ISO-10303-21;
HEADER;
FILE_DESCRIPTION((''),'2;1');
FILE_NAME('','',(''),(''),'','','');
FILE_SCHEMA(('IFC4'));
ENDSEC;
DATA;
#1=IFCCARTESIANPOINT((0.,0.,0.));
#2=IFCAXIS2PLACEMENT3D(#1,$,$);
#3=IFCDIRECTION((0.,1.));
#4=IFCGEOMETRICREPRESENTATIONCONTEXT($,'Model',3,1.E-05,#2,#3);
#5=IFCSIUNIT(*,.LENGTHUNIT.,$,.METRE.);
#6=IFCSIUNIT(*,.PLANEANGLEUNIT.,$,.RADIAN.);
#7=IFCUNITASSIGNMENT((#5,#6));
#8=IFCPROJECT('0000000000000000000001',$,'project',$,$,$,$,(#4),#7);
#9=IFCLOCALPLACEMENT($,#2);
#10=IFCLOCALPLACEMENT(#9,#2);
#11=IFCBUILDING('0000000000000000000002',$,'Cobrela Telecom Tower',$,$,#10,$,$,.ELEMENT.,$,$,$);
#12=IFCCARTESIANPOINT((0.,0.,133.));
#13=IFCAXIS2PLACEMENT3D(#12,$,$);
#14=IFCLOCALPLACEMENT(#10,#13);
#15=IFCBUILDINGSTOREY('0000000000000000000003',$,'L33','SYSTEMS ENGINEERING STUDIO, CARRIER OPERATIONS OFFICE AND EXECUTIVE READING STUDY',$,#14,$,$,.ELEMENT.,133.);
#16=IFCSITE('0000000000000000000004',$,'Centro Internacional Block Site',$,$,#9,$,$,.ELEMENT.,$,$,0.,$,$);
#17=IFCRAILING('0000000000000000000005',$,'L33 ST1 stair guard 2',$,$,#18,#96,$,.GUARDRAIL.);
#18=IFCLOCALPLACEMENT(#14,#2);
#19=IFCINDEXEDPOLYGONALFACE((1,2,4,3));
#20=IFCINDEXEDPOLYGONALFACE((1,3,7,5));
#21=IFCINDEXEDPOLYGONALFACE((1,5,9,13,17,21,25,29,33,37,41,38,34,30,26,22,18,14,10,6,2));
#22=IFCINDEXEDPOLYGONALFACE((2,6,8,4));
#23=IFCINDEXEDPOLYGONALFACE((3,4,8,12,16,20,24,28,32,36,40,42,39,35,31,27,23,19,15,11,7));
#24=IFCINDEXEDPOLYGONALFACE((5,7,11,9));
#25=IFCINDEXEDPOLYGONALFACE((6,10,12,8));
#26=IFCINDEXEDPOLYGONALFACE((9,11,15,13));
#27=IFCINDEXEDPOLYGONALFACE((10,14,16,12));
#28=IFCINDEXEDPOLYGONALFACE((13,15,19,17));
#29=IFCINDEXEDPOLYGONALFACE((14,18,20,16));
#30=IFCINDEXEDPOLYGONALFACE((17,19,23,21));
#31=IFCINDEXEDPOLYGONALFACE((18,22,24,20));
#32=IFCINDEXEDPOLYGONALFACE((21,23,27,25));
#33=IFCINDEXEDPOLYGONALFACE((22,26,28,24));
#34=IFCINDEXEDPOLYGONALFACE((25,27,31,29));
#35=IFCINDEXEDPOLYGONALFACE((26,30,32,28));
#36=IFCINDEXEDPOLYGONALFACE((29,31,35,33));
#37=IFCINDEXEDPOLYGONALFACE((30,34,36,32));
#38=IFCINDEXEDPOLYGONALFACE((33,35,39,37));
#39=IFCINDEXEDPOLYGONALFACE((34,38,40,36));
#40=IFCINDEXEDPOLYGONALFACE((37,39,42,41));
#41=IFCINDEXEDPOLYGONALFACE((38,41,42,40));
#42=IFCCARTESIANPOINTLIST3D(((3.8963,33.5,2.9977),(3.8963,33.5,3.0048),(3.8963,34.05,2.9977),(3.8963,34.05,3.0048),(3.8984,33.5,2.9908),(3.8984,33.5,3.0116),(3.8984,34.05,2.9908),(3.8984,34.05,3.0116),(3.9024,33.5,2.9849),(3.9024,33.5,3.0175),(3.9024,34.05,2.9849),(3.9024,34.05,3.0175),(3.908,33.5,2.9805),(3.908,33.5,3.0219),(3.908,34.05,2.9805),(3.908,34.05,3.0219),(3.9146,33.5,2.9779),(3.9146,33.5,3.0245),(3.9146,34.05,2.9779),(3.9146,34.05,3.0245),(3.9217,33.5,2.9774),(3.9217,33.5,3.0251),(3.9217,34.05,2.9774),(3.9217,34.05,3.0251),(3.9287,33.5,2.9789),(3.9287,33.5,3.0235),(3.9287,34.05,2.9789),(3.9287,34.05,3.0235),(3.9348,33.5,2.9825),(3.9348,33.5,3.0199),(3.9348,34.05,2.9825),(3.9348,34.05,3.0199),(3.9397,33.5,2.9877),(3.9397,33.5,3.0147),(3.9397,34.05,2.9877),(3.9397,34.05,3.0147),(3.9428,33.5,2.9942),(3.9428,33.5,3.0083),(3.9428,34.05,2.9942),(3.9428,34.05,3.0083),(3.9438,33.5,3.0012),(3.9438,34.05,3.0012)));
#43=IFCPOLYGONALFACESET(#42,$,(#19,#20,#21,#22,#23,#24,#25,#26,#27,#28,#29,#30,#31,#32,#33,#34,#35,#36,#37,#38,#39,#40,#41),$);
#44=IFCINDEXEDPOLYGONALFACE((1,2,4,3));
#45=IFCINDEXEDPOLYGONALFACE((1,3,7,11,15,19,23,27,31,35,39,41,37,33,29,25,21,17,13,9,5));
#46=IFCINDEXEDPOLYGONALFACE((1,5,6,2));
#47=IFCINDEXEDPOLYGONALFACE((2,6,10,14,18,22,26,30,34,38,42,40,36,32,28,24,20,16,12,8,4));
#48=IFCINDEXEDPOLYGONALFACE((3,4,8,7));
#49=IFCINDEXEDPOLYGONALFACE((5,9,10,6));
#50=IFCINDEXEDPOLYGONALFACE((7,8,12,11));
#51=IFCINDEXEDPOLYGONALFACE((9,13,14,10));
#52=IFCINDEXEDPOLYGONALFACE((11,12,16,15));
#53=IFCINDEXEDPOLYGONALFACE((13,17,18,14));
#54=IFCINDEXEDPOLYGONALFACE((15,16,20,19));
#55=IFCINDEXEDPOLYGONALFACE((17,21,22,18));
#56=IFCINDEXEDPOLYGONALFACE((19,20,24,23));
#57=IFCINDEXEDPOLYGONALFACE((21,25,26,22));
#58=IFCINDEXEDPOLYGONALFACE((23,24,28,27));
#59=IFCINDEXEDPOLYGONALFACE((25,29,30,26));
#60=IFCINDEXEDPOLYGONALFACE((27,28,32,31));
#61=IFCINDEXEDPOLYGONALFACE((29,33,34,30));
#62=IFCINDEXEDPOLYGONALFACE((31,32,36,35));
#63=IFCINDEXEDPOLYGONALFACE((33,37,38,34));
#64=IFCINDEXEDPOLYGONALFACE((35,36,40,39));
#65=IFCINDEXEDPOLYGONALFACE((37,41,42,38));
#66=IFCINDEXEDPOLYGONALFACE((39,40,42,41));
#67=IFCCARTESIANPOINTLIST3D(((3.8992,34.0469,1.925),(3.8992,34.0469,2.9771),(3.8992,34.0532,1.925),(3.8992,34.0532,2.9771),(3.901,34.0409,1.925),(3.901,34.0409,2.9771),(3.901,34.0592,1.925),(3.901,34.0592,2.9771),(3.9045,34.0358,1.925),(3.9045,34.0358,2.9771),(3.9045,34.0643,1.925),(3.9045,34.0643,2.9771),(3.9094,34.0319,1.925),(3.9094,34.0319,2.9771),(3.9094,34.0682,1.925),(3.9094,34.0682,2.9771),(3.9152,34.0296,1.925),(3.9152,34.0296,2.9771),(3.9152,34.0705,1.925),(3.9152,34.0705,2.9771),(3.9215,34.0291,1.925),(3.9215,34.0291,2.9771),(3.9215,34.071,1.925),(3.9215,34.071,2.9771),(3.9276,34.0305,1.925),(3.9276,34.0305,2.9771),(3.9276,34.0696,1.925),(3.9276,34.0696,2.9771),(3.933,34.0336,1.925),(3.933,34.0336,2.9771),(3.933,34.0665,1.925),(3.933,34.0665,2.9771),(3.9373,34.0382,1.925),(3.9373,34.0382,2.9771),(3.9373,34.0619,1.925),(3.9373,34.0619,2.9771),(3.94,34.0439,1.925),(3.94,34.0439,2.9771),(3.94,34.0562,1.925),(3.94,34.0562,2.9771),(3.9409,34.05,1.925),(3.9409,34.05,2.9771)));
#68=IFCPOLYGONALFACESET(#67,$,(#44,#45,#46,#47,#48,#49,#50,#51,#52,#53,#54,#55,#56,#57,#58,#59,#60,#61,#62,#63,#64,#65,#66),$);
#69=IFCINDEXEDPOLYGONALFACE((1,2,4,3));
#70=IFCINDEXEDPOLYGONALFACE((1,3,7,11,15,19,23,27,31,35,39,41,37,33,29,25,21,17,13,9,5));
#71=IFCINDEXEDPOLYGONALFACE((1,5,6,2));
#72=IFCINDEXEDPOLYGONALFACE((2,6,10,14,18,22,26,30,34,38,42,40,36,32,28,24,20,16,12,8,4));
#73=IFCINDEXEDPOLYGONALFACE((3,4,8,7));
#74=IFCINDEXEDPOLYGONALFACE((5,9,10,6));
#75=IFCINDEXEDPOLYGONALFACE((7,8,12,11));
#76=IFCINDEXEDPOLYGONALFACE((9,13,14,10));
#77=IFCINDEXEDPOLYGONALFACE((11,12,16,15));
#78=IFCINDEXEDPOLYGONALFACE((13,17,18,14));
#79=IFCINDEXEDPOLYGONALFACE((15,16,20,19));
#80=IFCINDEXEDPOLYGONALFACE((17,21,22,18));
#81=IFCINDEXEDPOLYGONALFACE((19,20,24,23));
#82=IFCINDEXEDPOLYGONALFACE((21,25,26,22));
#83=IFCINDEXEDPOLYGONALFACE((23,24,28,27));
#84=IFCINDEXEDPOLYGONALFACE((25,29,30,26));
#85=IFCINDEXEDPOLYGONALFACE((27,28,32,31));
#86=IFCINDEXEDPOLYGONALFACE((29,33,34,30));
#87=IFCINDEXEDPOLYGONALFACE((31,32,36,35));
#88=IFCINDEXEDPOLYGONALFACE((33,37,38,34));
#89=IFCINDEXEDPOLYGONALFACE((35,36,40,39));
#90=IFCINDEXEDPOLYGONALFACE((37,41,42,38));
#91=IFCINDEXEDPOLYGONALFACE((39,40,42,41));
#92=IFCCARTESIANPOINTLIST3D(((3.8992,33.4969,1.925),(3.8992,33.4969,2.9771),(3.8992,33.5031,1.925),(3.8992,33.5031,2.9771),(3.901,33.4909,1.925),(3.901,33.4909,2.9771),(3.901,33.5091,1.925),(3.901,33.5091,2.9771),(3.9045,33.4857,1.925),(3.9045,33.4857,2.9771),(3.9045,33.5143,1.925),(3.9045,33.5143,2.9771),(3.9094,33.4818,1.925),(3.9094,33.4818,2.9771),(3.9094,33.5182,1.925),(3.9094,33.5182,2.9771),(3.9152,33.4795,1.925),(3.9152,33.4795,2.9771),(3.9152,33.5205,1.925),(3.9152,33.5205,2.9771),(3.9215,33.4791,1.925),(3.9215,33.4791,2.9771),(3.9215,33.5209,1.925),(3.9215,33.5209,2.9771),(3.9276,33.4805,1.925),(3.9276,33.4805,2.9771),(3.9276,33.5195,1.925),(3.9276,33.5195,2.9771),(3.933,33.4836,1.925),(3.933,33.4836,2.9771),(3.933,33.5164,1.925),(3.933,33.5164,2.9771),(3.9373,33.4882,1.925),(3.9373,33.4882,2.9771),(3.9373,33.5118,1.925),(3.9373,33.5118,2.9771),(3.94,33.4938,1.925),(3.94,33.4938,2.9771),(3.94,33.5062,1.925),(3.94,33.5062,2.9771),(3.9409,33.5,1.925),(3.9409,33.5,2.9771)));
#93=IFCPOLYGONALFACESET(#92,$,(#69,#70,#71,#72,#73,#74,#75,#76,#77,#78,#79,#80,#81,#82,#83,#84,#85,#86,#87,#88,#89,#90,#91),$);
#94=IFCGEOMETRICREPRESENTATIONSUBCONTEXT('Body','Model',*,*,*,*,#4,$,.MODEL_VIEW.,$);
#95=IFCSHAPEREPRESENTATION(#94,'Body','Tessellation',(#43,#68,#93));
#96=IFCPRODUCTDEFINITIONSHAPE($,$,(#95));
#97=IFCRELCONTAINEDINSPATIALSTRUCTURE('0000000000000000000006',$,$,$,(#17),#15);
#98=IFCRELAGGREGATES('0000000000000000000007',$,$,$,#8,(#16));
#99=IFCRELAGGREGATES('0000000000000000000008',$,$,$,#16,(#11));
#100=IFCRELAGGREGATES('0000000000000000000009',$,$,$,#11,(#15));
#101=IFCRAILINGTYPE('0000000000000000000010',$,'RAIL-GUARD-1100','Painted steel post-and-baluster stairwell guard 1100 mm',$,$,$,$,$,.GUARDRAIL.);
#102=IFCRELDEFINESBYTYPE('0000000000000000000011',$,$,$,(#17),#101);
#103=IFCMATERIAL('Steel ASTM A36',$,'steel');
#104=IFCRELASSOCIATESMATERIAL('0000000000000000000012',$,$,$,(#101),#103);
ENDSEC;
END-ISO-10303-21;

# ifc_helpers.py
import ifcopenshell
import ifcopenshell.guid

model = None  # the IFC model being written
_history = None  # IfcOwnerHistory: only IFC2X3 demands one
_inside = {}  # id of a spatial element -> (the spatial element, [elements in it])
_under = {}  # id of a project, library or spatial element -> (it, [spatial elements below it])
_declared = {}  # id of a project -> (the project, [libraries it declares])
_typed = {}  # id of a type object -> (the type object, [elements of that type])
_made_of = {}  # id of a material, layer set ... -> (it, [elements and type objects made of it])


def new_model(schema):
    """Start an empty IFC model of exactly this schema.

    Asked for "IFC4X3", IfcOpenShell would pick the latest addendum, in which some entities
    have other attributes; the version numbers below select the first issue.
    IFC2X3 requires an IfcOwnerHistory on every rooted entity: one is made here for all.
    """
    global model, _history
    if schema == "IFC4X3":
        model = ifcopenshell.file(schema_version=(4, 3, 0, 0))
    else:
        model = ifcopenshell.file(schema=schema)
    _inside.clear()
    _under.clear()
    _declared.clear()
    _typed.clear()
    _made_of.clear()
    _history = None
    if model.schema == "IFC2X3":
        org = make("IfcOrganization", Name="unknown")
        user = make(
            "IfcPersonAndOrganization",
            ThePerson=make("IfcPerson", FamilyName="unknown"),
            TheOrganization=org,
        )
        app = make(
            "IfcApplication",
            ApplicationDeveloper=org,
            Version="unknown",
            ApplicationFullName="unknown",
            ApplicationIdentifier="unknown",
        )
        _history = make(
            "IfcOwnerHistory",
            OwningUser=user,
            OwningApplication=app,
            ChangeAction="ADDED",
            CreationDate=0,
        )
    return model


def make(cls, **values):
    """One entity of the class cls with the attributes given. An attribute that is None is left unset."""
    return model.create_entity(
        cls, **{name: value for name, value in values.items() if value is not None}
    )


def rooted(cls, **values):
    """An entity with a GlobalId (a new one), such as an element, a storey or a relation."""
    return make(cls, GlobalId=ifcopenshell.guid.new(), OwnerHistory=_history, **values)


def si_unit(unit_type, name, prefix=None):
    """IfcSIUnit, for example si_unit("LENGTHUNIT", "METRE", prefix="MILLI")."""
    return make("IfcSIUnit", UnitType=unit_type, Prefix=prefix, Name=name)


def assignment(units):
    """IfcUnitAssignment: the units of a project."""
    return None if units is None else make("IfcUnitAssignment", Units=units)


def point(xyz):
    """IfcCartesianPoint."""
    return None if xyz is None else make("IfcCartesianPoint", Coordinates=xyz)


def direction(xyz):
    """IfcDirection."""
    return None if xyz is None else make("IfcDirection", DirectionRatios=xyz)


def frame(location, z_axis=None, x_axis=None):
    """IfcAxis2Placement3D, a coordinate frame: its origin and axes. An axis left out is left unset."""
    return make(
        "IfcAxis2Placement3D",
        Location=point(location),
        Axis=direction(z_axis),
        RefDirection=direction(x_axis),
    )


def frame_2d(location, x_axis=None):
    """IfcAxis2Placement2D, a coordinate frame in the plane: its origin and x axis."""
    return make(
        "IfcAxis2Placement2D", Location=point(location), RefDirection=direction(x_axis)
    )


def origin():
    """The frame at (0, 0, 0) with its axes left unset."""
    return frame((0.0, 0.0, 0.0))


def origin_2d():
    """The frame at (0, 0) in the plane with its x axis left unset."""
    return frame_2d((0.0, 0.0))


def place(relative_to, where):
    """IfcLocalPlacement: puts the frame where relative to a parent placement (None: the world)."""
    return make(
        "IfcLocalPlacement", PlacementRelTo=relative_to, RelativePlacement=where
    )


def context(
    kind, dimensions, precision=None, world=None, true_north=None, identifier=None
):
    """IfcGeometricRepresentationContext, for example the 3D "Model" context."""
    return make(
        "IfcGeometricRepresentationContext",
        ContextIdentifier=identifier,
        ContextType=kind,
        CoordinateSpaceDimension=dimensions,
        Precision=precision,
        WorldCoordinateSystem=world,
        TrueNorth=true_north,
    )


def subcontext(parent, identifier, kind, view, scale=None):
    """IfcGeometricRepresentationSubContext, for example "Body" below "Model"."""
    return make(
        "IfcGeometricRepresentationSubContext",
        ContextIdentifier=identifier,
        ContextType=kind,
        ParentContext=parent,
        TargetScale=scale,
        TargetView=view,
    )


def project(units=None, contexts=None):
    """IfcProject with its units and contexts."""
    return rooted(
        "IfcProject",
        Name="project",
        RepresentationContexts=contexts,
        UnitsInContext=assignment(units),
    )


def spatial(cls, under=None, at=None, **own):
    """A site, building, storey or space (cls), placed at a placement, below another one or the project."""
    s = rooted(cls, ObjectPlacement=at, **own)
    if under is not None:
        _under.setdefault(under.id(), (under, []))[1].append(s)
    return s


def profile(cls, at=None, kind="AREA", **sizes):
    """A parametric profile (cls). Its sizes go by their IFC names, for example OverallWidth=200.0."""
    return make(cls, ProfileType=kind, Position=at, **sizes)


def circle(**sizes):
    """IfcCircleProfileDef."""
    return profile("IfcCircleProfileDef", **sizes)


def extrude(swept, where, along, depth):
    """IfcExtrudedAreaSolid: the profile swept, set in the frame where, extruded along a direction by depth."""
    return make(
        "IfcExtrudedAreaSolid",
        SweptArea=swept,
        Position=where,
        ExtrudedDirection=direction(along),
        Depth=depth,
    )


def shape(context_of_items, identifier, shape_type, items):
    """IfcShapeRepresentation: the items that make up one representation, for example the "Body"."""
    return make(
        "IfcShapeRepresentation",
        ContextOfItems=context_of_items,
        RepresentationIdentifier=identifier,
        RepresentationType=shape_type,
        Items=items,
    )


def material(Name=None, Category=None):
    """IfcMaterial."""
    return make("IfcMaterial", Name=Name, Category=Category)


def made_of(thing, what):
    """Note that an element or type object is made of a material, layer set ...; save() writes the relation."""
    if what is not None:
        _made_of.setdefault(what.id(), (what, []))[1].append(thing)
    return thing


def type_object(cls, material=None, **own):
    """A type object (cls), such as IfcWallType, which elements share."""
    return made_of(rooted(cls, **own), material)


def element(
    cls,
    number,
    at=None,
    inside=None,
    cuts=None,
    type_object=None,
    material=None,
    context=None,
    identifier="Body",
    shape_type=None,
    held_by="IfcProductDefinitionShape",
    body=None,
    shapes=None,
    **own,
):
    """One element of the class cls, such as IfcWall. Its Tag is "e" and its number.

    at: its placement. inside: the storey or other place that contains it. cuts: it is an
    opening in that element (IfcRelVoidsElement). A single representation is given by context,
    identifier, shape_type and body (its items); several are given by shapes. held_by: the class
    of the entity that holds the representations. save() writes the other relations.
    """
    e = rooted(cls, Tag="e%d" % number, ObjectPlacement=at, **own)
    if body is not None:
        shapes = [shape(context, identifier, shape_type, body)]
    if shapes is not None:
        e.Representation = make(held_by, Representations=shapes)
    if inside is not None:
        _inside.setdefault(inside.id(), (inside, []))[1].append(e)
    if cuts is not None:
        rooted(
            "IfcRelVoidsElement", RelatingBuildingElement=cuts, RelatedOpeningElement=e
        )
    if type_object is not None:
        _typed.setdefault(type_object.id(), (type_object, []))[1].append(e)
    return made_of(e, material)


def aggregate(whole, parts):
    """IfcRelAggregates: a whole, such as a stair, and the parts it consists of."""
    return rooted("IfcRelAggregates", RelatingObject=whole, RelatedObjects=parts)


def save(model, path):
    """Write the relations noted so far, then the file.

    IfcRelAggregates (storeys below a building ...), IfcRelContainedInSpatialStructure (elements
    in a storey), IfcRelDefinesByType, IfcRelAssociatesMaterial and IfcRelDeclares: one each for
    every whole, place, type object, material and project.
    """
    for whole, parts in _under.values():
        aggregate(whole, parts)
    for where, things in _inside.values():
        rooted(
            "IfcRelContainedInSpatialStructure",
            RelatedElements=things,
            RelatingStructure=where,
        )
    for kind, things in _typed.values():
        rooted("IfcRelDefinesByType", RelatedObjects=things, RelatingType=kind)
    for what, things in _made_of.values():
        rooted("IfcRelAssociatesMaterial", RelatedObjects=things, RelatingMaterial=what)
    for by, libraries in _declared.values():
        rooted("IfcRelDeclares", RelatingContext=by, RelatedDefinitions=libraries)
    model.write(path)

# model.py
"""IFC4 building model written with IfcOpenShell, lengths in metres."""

from ifc_helpers import new_model, si_unit, direction, frame, origin, origin_2d, place, context, subcontext, project, spatial, circle, extrude, material, type_object, element, save


model = new_model("IFC4")

# Units and contexts
model_context = context("Model", 3, precision=1e-05, world=origin(), true_north=direction((0.0, 1.0)))
body_context = subcontext(model_context, "Body", "Model", "MODEL_VIEW")
ifc_project = project(units=[si_unit("LENGTHUNIT", "METRE"), si_unit("PLANEANGLEUNIT", "RADIAN")], contexts=[model_context])

# Site, building, storey
site_placement = place(None, origin())
site = spatial("IfcSite", under=ifc_project, at=site_placement, Name="Centro Internacional Block Site", CompositionType="ELEMENT", RefElevation=0.0)
building_placement = place(site_placement, origin())
building = spatial("IfcBuilding", under=site, at=building_placement, Name="Cobrela Telecom Tower", CompositionType="ELEMENT")
storey_placement = place(building_placement, frame((0.0, 0.0, 133.0)))
storey = spatial("IfcBuildingStorey", under=building, at=storey_placement, Name="L33", Description="SYSTEMS ENGINEERING STUDIO, CARRIER OPERATIONS OFFICE AND EXECUTIVE READING STUDY", CompositionType="ELEMENT", Elevation=133.0)

# Shared definitions
ifc_material_1 = material(Name="Steel ASTM A36", Category="steel")

# Railing
railing_type_1 = type_object("IfcRailingType", Name="RAIL-GUARD-1100", Description="Painted steel post-and-baluster stairwell guard 1100 mm", PredefinedType="GUARDRAIL", material=ifc_material_1)
railing_1_placement = place(storey_placement, frame((3.9199, 34.05, 1.925)))
element("IfcRailing", 1, at=railing_1_placement, inside=storey, type_object=railing_type_1, Name="L33 ST1 stair guard 2", PredefinedType="GUARDRAIL", context=body_context, shape_type="SweptSolid", body=[
    extrude(circle(Radius=0.0239, at=origin_2d()), frame((0.0, 0.0, 1.0762), z_axis=(0.0, -1.0, 0.0), x_axis=(1.0, 0.0, 0.0)), (0.0, 0.0, 1.0), 0.55),
    extrude(circle(Radius=0.021, at=origin_2d()), origin(), (0.0, 0.0, 1.0), 1.052),
    extrude(circle(Radius=0.021, at=origin_2d()), frame((0.0, -0.55, 0.0)), (0.0, 0.0, 1.0), 1.052),
])

save(model, "model.ifc")
